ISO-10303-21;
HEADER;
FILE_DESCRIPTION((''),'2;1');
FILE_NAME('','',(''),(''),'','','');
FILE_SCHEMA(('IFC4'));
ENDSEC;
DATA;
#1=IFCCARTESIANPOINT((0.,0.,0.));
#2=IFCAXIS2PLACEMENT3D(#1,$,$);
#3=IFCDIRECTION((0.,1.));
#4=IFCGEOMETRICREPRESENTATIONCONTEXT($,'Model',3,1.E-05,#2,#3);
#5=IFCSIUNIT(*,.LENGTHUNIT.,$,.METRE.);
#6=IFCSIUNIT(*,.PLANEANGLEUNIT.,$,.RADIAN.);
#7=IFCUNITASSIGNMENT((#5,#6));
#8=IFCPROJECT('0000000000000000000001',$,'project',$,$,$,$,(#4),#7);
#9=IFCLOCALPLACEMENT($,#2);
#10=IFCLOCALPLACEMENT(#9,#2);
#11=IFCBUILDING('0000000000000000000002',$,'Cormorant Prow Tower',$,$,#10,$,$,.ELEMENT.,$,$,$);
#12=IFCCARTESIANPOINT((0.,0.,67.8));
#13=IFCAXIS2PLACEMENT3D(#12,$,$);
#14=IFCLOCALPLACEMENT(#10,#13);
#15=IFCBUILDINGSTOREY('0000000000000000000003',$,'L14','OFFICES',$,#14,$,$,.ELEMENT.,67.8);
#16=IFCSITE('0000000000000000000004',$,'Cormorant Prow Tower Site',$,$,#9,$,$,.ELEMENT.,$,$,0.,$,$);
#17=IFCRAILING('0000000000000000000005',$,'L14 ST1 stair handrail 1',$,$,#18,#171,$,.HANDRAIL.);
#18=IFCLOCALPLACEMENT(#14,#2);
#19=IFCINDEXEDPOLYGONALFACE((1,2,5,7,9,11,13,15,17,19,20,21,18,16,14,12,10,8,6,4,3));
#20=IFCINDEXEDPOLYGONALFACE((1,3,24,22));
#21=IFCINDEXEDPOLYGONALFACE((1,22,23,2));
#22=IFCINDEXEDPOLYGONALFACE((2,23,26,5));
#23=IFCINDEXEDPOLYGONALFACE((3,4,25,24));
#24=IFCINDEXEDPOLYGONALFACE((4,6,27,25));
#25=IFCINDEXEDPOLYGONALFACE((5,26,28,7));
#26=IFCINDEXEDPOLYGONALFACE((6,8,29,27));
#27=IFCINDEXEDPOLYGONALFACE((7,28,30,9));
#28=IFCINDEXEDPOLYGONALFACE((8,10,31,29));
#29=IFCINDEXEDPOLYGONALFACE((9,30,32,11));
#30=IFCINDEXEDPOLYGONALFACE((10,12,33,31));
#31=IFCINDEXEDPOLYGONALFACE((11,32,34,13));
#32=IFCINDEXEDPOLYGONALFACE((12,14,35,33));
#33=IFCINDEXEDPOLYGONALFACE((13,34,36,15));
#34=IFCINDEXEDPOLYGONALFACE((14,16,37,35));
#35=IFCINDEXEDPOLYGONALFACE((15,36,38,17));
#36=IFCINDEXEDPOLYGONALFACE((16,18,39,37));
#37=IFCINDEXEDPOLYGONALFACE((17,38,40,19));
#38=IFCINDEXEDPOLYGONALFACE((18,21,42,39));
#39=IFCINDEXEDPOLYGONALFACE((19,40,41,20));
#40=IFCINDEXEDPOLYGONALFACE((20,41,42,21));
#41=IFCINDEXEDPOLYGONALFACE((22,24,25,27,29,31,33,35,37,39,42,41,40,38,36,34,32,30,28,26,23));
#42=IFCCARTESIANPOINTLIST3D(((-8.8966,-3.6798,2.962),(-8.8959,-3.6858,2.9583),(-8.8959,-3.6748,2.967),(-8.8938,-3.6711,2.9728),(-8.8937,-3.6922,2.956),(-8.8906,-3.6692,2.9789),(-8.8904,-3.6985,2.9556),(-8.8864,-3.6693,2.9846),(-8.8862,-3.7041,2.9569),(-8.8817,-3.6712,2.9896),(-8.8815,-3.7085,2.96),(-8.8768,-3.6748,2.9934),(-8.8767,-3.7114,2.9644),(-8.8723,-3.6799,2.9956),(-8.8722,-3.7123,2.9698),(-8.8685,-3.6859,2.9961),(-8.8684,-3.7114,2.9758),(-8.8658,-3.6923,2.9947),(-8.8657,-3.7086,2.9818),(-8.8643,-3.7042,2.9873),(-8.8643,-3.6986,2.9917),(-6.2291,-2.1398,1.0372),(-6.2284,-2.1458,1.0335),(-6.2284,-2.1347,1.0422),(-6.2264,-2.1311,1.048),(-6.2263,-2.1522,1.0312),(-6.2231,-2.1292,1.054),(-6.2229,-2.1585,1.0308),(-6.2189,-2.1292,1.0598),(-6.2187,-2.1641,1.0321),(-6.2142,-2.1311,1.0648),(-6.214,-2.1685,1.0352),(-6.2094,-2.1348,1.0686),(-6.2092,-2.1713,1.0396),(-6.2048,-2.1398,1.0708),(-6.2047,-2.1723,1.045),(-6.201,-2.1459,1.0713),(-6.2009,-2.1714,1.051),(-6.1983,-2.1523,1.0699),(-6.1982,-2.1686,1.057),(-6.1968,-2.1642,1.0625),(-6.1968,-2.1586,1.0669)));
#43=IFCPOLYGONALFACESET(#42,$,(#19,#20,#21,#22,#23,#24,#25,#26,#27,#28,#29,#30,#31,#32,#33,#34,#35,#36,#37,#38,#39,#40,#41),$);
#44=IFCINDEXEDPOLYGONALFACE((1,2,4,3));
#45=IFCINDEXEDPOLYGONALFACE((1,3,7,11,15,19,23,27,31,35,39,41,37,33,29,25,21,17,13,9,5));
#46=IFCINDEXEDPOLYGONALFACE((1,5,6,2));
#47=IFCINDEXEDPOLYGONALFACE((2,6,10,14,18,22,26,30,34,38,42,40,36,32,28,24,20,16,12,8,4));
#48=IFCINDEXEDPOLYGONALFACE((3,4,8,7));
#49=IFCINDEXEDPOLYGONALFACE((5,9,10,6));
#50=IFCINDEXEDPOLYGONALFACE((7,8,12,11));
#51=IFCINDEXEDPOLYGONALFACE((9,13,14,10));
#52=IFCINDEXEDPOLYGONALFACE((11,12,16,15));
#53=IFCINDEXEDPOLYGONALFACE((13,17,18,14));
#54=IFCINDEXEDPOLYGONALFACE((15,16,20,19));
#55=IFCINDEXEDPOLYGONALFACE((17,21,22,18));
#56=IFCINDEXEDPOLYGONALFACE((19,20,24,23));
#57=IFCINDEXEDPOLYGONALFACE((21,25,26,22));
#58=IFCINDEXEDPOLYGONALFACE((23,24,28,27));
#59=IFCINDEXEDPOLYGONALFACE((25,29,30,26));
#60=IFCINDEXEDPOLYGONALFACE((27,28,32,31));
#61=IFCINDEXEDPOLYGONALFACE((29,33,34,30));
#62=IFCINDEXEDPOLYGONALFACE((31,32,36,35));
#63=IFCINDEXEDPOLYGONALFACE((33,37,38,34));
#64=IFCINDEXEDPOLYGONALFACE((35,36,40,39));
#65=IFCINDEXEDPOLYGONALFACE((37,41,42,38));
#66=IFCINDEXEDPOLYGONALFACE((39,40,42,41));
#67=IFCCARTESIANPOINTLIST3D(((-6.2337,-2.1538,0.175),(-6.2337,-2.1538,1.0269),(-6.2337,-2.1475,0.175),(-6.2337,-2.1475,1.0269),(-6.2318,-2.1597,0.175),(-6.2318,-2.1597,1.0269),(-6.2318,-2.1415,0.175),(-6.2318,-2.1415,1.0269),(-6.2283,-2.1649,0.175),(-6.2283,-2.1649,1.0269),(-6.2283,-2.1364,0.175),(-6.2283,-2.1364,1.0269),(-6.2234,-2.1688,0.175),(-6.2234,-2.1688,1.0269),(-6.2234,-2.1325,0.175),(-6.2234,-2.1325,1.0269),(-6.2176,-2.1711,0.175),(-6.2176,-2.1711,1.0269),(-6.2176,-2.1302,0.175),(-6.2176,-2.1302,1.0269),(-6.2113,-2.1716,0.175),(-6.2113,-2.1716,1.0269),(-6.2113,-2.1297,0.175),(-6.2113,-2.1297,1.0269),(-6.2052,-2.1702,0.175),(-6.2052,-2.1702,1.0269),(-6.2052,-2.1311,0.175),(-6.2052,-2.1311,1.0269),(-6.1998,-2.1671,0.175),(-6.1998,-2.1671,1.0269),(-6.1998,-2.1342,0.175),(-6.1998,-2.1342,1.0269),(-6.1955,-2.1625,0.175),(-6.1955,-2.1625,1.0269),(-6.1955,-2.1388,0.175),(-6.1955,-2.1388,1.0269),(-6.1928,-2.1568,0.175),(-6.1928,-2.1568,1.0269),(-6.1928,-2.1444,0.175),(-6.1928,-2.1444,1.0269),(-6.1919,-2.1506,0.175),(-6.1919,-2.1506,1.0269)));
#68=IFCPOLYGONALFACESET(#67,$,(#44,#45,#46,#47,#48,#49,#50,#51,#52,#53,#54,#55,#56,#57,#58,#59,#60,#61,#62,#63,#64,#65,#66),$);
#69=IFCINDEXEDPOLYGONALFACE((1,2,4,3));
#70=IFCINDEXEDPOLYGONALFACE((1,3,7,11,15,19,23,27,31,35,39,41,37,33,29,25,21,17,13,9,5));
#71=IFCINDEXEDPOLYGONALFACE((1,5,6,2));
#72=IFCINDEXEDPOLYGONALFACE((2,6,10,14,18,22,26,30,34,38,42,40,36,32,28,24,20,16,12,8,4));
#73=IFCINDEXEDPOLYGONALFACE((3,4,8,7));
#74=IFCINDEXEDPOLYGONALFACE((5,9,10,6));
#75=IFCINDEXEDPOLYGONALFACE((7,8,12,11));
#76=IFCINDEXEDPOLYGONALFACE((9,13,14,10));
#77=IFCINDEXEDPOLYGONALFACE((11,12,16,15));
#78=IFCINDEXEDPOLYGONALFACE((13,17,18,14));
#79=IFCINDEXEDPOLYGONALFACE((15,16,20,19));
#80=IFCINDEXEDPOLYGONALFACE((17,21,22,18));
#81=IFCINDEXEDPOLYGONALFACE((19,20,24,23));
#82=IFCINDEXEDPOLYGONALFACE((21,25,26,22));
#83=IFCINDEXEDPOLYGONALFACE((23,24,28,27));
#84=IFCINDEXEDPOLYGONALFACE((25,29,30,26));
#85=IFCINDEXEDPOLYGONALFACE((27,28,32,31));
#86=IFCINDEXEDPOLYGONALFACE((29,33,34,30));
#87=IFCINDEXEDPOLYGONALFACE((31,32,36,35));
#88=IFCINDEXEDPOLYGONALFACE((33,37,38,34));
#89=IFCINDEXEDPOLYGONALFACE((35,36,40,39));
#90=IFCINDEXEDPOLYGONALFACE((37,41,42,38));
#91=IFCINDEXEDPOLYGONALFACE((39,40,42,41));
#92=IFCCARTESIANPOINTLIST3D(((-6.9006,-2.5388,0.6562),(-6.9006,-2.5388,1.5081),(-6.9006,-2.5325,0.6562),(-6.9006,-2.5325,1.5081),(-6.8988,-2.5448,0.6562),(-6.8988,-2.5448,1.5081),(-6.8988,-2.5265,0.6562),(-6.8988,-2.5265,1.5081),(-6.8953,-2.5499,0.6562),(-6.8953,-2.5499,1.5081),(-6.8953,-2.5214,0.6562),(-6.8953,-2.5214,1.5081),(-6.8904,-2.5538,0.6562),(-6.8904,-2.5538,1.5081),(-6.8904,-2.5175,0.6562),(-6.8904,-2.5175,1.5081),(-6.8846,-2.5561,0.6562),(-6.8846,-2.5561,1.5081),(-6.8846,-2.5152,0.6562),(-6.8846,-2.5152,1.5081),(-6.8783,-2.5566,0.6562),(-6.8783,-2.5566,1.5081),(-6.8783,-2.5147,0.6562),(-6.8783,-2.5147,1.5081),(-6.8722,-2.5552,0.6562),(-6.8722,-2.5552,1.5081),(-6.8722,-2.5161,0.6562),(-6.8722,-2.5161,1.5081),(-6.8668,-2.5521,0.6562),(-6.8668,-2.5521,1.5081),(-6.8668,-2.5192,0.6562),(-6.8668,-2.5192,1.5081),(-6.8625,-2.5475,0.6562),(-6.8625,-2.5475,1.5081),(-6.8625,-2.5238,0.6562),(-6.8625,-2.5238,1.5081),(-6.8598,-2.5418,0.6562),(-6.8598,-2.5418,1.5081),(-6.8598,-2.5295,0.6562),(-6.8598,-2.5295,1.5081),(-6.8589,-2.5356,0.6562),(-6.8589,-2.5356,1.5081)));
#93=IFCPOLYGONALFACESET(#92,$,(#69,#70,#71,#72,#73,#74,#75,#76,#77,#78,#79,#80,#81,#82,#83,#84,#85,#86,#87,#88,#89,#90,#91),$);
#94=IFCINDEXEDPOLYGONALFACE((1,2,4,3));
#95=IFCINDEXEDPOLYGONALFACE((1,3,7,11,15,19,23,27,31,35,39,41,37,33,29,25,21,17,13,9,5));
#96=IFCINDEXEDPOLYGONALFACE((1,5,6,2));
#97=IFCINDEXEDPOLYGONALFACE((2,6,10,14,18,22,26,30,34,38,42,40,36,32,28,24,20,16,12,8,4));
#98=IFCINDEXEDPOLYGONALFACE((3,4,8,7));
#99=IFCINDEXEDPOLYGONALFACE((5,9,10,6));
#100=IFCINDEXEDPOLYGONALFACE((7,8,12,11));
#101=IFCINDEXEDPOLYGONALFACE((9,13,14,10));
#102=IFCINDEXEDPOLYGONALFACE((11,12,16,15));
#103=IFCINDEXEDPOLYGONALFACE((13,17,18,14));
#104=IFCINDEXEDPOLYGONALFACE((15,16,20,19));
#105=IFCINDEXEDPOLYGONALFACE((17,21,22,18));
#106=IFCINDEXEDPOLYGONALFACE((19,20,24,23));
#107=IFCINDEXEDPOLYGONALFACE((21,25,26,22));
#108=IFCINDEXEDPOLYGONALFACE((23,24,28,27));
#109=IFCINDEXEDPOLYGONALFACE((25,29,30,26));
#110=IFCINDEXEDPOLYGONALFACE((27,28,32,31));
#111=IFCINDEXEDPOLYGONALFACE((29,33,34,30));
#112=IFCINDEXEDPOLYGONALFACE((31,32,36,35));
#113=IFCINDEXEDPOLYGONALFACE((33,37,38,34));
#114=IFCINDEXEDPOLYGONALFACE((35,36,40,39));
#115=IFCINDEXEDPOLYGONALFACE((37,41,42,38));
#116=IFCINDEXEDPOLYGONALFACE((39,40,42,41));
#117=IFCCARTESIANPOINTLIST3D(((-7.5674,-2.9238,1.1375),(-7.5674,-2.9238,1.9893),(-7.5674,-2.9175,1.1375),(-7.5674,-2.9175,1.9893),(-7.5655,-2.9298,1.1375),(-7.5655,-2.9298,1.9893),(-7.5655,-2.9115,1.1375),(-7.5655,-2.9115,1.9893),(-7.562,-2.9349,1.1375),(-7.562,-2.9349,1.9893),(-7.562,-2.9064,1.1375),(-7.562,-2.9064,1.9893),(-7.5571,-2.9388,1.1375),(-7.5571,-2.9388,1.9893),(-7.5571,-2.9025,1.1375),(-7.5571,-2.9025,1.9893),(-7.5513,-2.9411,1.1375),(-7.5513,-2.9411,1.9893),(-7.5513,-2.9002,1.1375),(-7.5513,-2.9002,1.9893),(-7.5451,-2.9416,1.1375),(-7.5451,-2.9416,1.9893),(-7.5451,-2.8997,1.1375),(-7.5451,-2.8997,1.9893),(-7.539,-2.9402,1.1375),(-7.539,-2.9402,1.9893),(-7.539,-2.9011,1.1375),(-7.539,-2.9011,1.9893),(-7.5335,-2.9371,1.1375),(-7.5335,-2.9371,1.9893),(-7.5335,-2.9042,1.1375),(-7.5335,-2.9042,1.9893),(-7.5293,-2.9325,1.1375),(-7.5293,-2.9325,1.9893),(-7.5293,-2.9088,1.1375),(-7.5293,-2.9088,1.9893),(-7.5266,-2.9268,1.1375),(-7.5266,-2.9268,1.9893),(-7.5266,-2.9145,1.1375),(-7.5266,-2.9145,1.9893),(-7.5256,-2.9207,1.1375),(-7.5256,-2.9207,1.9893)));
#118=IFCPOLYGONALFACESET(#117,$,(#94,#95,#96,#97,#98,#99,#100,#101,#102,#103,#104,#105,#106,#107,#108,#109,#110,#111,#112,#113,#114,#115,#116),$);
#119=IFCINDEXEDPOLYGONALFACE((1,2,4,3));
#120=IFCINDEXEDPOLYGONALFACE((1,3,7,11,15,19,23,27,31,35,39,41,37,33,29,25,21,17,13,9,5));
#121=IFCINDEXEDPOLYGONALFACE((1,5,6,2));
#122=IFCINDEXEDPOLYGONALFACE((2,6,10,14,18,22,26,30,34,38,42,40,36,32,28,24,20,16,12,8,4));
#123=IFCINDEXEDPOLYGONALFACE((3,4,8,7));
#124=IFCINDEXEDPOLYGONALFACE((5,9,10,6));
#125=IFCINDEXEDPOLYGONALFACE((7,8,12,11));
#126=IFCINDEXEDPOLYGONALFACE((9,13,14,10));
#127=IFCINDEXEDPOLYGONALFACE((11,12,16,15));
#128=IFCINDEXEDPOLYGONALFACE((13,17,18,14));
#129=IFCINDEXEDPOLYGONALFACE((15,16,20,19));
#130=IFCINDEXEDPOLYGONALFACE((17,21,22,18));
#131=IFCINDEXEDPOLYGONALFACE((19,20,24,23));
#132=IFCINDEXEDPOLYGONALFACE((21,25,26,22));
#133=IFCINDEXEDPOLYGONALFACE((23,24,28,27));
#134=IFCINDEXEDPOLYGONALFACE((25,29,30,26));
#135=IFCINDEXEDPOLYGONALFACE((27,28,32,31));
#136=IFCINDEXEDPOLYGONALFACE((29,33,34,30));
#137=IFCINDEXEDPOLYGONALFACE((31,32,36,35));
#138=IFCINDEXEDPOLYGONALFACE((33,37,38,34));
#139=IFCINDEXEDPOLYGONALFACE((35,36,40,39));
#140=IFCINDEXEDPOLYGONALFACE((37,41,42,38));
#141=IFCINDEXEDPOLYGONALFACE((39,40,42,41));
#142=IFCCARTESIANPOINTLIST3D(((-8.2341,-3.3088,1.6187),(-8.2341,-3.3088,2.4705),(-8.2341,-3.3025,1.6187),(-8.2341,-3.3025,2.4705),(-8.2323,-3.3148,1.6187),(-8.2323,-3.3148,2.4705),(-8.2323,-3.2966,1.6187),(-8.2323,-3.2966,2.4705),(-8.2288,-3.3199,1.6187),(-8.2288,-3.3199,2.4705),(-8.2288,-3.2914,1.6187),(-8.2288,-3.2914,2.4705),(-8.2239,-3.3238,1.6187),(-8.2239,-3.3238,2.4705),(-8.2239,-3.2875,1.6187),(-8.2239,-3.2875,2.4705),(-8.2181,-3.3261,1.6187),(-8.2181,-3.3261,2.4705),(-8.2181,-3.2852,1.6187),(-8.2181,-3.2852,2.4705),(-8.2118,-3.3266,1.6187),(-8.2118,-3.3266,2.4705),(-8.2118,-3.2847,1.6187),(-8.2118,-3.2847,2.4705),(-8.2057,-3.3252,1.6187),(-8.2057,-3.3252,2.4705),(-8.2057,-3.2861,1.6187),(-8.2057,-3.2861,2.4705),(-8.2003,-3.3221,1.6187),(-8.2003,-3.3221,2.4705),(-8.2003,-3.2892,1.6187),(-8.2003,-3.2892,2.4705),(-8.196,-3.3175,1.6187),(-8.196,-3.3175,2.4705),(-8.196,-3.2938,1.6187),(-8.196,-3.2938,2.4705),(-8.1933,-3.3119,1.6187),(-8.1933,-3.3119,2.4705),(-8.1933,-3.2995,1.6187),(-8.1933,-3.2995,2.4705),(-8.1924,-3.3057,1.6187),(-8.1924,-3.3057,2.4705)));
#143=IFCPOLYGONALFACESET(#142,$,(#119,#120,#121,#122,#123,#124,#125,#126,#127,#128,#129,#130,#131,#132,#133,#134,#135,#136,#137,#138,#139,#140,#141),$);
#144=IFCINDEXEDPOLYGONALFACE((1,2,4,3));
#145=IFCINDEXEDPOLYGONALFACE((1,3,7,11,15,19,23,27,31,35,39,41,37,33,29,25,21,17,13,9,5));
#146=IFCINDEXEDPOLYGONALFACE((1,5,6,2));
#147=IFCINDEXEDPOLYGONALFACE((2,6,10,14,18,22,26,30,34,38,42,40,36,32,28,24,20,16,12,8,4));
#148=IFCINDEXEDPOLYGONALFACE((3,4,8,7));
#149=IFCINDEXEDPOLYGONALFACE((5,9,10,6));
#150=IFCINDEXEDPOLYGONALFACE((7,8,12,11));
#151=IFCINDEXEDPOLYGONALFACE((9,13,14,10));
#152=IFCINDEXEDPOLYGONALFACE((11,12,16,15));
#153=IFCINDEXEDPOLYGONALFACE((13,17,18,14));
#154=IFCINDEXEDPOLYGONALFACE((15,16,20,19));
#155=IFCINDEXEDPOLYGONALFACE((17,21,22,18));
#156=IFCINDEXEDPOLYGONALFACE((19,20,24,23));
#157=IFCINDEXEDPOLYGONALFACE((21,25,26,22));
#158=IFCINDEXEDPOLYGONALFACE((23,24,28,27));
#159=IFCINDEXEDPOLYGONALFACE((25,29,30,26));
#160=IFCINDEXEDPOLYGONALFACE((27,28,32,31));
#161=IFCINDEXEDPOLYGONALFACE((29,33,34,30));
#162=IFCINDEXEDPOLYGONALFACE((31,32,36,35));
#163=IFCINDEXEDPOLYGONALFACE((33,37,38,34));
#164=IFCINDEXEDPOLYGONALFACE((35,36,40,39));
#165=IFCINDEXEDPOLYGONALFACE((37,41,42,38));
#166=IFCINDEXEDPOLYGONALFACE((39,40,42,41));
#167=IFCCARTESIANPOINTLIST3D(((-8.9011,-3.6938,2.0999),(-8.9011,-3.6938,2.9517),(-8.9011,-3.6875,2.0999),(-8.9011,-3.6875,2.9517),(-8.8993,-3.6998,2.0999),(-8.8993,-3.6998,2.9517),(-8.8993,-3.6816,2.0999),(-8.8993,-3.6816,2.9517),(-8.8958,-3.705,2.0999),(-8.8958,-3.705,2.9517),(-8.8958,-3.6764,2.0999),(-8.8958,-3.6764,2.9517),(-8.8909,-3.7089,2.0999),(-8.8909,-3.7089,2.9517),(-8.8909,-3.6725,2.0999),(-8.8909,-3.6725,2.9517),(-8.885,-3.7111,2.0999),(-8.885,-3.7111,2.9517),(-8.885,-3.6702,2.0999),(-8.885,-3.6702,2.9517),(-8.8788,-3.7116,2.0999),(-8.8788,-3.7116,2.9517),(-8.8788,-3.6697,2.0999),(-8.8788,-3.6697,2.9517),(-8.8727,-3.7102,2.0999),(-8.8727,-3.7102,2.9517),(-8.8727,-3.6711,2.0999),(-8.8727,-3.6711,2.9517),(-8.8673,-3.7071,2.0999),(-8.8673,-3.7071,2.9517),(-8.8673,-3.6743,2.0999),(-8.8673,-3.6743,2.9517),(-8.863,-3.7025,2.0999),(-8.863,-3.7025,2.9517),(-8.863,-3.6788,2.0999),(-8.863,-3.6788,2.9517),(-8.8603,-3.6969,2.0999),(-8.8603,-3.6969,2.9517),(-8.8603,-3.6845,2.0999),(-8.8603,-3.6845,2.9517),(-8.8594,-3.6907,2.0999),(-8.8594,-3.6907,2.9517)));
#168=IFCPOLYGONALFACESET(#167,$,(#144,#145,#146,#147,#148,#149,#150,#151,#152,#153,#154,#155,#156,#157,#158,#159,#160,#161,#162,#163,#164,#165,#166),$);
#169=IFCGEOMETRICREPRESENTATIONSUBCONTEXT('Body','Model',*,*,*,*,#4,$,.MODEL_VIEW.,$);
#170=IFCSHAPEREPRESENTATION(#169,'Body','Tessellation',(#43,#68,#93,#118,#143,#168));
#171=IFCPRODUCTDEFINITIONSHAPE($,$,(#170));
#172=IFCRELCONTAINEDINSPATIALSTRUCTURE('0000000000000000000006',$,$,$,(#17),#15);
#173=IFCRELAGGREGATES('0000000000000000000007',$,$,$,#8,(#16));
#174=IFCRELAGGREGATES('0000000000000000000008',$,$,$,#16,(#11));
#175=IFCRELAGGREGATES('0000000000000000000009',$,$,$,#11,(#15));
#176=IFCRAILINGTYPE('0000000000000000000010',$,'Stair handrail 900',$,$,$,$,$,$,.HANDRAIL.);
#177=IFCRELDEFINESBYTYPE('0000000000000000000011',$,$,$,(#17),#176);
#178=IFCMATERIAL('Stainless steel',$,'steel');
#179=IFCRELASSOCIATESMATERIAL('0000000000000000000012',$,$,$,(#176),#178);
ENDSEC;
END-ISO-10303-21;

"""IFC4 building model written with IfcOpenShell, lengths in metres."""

from ifc_helpers import new_model, si_unit, direction, frame, origin, origin_2d, place, context, subcontext, project, spatial, circle, extrude, material, type_object, element, save


model = new_model("IFC4")

# Units and contexts
model_context = context("Model", 3, precision=1e-05, world=origin(), true_north=direction((0.0, 1.0)))
body_context = subcontext(model_context, "Body", "Model", "MODEL_VIEW")
ifc_project = project(units=[si_unit("LENGTHUNIT", "METRE"), si_unit("PLANEANGLEUNIT", "RADIAN")], contexts=[model_context])

# Site, building, storey
site_placement = place(None, origin())
site = spatial("IfcSite", under=ifc_project, at=site_placement, Name="Cormorant Prow Tower Site", CompositionType="ELEMENT", RefElevation=0.0)
building_placement = place(site_placement, origin())
building = spatial("IfcBuilding", under=site, at=building_placement, Name="Cormorant Prow Tower", CompositionType="ELEMENT")
storey_placement = place(building_placement, frame((0.0, 0.0, 67.8)))
storey = spatial("IfcBuildingStorey", under=building, at=storey_placement, Name="L14", Description="OFFICES", CompositionType="ELEMENT", Elevation=67.8)

# Railing
ifc_material_1 = material(Name="Stainless steel", Category="steel")
railing_type_1 = type_object("IfcRailingType", Name="Stair handrail 900", PredefinedType="HANDRAIL", material=ifc_material_1)
railing_1_placement = place(storey_placement, frame((-6.2129, -2.1506, 0.175)))
element("IfcRailing", 1, at=railing_1_placement, inside=storey, type_object=railing_type_1, Name="L14 ST1 stair handrail 1", PredefinedType="HANDRAIL", context=body_context, shape_type="SweptSolid", body=[
    extrude(circle(Radius=0.0239, at=origin_2d()), frame((0.0, 0.0, 0.876), z_axis=(-0.734421, -0.42401, 0.529945), x_axis=(0.499992, -0.86603, 0.0)), (0.0, 0.0, 1.0), 3.6321),
    extrude(circle(Radius=0.021, at=origin_2d()), origin(), (0.0, 0.0, 1.0), 0.8518),
    extrude(circle(Radius=0.021, at=origin_2d()), frame((-0.667, -0.385, 0.4812)), (0.0, 0.0, 1.0), 0.8518),
    extrude(circle(Radius=0.021, at=origin_2d()), frame((-1.3337, -0.77, 0.9624)), (0.0, 0.0, 1.0), 0.8518),
    extrude(circle(Radius=0.021, at=origin_2d()), frame((-2.0005, -1.155, 1.4436)), (0.0, 0.0, 1.0), 0.8518),
    extrude(circle(Radius=0.021, at=origin_2d()), frame((-2.6675, -1.54, 1.9248)), (0.0, 0.0, 1.0), 0.8518),
])

save(model, "model.ifc")
